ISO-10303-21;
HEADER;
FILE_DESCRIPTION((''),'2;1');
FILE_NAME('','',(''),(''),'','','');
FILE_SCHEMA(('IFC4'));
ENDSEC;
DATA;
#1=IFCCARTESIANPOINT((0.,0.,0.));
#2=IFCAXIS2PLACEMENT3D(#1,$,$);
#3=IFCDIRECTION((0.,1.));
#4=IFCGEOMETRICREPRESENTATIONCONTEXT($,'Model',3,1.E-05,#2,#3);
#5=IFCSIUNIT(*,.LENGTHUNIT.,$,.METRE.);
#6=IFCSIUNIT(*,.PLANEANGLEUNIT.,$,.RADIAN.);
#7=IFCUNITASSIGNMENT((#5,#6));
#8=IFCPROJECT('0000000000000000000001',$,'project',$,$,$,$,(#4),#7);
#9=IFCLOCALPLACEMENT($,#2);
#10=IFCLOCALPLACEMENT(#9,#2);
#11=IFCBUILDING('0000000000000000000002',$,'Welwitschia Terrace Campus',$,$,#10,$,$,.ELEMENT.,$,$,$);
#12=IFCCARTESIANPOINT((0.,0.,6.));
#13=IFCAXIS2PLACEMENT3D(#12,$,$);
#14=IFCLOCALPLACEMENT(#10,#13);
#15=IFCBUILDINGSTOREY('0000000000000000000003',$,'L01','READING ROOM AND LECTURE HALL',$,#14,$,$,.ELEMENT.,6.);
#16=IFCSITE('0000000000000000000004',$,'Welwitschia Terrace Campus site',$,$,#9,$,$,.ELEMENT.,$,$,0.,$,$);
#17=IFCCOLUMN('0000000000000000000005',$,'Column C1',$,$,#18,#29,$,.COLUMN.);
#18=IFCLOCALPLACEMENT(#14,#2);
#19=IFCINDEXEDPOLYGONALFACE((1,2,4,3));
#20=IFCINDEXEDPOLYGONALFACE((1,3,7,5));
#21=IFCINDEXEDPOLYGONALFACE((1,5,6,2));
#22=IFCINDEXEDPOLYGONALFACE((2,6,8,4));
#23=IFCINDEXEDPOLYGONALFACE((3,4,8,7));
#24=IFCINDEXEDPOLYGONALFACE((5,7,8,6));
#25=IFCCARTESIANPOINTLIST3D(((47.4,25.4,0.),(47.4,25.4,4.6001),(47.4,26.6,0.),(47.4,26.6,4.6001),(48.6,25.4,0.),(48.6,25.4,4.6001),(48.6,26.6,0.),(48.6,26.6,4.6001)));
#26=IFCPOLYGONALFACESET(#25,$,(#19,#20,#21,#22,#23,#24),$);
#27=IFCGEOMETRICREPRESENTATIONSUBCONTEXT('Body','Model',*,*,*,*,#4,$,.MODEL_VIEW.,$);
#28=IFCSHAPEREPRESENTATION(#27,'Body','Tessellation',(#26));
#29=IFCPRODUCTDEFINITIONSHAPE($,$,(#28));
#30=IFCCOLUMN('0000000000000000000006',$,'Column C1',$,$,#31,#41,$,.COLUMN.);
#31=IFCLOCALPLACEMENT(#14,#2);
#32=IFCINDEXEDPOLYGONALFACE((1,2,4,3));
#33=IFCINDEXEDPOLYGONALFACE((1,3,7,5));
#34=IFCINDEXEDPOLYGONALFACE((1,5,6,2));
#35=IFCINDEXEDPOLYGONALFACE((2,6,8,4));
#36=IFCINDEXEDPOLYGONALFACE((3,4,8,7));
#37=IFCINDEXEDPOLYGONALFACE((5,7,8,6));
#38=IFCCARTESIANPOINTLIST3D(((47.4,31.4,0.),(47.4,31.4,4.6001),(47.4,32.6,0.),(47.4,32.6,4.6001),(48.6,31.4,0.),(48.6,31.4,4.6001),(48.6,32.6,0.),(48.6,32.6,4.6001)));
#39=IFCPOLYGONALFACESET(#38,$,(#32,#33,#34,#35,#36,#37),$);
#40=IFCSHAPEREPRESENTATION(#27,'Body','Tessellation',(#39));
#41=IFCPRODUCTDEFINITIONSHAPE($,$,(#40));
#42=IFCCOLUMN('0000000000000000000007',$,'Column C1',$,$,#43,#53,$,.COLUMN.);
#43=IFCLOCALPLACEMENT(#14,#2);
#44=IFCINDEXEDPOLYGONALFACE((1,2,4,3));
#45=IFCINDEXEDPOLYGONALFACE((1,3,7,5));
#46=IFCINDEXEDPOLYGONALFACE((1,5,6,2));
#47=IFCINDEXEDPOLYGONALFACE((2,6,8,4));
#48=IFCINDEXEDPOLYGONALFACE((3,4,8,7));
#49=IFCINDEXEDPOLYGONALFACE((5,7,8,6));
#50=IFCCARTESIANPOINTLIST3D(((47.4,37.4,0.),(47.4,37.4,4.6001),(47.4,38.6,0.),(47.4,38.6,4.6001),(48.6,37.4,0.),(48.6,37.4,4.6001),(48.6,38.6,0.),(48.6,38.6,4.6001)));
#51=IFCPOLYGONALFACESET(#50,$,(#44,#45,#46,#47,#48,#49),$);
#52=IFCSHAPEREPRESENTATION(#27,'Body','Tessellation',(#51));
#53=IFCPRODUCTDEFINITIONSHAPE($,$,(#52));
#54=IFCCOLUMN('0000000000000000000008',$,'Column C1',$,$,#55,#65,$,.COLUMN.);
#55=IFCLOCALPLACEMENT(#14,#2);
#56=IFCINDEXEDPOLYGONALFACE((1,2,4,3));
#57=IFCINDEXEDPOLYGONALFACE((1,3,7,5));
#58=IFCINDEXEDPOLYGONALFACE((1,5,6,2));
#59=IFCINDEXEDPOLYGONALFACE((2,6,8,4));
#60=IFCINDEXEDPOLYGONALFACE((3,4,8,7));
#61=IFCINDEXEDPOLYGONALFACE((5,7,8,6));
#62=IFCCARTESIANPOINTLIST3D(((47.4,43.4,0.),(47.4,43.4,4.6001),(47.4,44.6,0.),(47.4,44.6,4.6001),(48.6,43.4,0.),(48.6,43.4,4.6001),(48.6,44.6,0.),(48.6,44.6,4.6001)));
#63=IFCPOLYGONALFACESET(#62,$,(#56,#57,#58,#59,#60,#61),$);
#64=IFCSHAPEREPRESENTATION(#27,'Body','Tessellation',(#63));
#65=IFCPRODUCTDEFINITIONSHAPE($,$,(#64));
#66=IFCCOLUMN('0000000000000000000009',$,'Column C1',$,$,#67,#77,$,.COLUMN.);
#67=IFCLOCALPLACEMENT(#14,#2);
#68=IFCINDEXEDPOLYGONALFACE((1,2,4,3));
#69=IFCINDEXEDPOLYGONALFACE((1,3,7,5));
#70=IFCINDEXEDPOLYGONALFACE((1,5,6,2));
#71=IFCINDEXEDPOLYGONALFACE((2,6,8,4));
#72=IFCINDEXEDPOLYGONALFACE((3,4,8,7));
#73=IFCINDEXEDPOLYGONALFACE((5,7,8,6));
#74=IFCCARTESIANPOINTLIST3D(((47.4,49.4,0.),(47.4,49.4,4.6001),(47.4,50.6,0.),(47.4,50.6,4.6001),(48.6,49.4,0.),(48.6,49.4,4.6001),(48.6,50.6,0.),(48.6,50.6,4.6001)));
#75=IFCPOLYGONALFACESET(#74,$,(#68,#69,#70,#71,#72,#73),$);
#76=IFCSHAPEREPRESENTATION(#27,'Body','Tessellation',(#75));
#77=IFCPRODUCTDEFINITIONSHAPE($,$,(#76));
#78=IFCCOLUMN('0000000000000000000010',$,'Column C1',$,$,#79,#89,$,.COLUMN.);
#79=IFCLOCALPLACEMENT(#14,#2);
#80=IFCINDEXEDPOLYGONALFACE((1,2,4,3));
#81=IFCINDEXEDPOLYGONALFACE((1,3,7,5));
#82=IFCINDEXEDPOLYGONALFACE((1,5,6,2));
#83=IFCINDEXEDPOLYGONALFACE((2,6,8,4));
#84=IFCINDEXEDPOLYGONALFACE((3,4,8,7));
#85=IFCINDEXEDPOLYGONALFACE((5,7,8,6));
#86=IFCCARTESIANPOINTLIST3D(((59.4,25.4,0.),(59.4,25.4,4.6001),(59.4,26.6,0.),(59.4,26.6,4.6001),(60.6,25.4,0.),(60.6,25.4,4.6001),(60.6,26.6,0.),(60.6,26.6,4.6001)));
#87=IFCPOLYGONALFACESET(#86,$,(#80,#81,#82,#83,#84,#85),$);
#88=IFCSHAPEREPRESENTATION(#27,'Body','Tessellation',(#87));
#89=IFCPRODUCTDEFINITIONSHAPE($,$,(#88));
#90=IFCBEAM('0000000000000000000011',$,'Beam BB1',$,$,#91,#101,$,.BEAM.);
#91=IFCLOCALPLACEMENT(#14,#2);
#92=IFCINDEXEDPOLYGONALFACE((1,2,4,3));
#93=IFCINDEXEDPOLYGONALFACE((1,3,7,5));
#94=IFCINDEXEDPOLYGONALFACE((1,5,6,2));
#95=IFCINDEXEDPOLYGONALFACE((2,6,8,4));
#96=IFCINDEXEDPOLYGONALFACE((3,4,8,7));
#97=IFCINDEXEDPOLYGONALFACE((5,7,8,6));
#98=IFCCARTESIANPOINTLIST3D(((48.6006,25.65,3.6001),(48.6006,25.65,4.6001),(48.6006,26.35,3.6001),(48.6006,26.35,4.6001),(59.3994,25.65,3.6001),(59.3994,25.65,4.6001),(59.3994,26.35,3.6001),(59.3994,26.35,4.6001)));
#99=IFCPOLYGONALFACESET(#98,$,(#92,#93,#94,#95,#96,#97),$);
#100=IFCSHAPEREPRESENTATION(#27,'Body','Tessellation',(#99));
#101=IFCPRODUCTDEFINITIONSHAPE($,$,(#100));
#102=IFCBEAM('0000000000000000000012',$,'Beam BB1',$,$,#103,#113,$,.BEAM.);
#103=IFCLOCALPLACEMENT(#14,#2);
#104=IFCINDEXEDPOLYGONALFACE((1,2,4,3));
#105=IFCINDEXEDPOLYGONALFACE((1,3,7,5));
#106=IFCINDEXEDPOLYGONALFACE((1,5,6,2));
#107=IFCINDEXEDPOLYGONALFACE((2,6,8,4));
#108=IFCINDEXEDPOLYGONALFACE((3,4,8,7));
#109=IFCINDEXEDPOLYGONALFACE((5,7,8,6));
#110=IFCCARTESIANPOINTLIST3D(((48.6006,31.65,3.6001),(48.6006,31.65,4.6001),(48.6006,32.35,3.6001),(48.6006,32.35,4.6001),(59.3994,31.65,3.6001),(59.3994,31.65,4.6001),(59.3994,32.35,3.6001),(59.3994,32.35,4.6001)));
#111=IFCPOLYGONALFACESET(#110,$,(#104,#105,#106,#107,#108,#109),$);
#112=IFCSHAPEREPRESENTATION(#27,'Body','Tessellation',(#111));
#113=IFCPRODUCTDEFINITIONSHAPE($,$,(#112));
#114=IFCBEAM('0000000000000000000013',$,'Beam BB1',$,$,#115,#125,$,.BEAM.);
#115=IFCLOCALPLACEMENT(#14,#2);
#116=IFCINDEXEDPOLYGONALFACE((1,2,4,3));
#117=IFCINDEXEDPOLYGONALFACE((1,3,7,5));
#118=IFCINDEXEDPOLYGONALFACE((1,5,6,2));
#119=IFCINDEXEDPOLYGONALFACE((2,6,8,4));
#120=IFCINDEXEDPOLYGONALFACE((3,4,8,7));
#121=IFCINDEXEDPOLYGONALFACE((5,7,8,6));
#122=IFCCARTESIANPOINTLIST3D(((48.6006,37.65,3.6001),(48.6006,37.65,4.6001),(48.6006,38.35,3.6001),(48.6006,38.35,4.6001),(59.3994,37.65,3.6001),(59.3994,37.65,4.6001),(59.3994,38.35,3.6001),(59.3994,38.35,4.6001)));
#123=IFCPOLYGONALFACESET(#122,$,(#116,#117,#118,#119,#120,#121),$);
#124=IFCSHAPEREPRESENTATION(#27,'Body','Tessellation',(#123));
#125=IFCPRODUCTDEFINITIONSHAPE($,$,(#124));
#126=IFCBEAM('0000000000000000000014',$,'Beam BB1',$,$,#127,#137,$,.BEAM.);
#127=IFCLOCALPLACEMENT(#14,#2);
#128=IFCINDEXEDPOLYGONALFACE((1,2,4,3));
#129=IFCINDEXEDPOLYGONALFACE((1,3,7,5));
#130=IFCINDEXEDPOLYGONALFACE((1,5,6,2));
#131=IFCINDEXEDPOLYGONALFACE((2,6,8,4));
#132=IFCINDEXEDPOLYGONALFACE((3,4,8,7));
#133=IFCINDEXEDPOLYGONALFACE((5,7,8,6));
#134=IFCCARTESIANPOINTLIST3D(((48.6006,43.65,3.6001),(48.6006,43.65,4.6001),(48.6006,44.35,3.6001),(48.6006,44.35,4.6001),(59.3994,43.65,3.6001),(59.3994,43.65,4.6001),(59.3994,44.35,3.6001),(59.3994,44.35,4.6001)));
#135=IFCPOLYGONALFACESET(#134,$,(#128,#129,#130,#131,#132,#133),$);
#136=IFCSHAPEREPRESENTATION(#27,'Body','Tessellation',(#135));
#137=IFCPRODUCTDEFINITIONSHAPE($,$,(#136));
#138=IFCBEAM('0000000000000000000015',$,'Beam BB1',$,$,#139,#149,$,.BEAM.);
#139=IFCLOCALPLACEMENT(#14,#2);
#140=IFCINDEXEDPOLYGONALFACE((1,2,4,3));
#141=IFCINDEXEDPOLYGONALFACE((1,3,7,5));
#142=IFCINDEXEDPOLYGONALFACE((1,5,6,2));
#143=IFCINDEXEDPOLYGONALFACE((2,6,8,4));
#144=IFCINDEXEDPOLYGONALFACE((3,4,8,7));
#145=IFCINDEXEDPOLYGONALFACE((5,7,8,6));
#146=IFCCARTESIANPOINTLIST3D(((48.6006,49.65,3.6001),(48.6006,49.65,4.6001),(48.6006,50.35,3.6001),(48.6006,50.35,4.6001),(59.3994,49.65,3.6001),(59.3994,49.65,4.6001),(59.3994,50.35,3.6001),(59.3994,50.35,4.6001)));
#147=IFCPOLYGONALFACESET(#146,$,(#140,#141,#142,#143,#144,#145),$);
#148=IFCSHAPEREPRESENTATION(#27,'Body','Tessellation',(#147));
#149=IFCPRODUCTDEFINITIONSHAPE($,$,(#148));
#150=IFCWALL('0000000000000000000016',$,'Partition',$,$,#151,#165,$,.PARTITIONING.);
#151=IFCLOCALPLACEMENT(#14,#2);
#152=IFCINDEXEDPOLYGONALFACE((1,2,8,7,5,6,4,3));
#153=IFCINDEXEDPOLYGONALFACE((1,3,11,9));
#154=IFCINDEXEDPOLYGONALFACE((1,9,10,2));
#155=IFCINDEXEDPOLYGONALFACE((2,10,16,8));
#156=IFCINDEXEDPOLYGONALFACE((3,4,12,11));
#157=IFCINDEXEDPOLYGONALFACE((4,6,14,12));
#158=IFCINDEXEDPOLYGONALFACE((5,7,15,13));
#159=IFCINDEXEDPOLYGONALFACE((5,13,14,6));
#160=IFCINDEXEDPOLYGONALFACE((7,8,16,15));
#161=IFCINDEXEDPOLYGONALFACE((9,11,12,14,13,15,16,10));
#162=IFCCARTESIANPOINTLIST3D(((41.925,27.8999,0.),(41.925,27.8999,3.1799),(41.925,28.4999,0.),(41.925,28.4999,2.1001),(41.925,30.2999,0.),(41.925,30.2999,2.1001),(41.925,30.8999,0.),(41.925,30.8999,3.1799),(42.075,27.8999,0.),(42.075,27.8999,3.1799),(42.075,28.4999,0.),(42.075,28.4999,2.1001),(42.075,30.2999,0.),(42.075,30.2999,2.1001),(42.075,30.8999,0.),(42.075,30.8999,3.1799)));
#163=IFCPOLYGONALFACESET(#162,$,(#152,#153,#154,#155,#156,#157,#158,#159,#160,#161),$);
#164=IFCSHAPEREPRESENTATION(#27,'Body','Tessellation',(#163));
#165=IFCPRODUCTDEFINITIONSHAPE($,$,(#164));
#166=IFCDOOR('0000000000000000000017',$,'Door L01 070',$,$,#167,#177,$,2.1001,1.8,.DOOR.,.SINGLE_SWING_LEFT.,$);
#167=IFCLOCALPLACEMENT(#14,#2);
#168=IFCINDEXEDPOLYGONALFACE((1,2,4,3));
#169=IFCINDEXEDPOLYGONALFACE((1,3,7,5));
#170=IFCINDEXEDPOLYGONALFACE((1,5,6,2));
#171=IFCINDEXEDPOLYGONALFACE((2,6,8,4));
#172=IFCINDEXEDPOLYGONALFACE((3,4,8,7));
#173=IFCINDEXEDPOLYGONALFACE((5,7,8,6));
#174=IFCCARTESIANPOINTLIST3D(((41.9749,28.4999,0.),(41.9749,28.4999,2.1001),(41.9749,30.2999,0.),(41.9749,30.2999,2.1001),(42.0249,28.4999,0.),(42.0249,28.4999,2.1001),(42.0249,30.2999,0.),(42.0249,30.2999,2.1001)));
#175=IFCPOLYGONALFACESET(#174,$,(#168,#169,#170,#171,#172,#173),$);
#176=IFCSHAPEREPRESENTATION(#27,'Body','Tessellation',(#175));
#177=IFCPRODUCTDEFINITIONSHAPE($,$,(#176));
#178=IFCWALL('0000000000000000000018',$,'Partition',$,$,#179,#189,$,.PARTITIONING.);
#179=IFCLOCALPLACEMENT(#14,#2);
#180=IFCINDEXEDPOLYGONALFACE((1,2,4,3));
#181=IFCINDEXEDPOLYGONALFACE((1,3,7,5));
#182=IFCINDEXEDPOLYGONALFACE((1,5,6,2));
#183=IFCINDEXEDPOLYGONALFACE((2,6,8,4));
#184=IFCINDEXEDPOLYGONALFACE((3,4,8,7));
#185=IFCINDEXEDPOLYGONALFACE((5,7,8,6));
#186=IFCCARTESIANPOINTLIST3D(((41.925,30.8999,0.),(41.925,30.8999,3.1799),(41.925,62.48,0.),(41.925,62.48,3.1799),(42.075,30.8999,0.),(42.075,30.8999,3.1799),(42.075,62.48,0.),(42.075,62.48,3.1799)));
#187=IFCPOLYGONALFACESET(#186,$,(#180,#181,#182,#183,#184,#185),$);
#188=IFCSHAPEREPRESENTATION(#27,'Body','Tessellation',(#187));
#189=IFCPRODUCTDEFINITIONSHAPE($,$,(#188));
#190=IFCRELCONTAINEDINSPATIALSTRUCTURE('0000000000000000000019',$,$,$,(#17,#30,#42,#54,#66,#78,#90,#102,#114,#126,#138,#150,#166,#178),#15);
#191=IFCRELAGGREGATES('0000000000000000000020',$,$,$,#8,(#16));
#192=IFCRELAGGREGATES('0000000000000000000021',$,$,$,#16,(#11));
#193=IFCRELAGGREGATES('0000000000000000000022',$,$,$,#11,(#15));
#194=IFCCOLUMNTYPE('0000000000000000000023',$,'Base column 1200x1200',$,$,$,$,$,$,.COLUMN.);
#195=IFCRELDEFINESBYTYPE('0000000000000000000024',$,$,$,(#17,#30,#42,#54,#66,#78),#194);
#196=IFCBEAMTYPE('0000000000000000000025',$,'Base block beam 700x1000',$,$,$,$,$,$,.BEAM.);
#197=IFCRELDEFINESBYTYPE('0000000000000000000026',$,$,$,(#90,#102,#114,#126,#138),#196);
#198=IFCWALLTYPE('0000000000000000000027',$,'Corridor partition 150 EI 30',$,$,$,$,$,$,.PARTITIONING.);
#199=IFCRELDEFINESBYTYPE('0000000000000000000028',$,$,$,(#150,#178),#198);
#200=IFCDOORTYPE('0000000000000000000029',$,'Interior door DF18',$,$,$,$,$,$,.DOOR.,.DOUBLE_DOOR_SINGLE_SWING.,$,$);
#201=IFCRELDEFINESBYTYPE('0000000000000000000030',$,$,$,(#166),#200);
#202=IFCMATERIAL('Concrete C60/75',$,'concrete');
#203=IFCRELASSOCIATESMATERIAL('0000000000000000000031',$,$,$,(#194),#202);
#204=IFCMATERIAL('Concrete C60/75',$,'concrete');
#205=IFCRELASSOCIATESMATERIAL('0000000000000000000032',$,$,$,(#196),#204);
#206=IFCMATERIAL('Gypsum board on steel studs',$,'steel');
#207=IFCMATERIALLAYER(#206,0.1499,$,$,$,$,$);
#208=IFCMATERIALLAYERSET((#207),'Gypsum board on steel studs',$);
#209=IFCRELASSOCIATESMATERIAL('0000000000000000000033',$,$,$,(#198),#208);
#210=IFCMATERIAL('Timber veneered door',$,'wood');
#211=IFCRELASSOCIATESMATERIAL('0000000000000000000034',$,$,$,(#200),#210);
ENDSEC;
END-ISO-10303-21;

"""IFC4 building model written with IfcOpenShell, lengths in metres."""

from ifc_helpers import new_model, si_unit, direction, frame, frame_2d, origin, origin_2d, place, context, subcontext, project, spatial, rectangle, extrude, material, layer, layer_set, material_profile, profile_set, type_object, element, fill, save


model = new_model("IFC4")

# Units and contexts
model_context = context("Model", 3, precision=1e-05, world=origin(), true_north=direction((0.0, 1.0)))
body_context = subcontext(model_context, "Body", "Model", "MODEL_VIEW")
ifc_project = project(units=[si_unit("LENGTHUNIT", "METRE"), si_unit("PLANEANGLEUNIT", "RADIAN")], contexts=[model_context])

# Site, building, storey
site_placement = place(None, origin())
site = spatial("IfcSite", under=ifc_project, at=site_placement, Name="Welwitschia Terrace Campus site", CompositionType="ELEMENT", RefElevation=0.0)
building_placement = place(site_placement, origin())
building = spatial("IfcBuilding", under=site, at=building_placement, Name="Welwitschia Terrace Campus", CompositionType="ELEMENT")
storey_placement = place(building_placement, frame((0.0, 0.0, 6.0)))
storey = spatial("IfcBuildingStorey", under=building, at=storey_placement, Name="L01", Description="READING ROOM AND LECTURE HALL", CompositionType="ELEMENT", Elevation=6.0)

# Columns
ifc_material_1 = material(Name="Concrete C60/75", Category="concrete")
ifc_material_profile_1 = material_profile(ifc_material_1, rectangle(XDim=1.2, YDim=1.2, at=origin_2d()))
ifc_profile_set_1 = profile_set([ifc_material_profile_1], Name="Concrete C60/75")
column_type = type_object("IfcColumnType", Name="Base column 1200x1200", PredefinedType="COLUMN", material=ifc_profile_set_1)
for number, where, z_axis, x_axis, name in (
    (1, (48.0, 26.0, 0.0), (0.0, 0.0, 1.0), (1.0, 0.0, 0.0), "Column C1"),
    (2, (48.0, 32.0, 0.0), (0.0, 0.0, 1.0), (1.0, 0.0, 0.0), "Column C1"),
    (3, (48.0, 38.0, 0.0), (0.0, 0.0, 1.0), (1.0, 0.0, 0.0), "Column C1"),
    (4, (48.0, 44.0, 0.0), (0.0, 0.0, 1.0), (1.0, 0.0, 0.0), "Column C1"),
    (5, (48.0, 50.0, 0.0), (0.0, 0.0, 1.0), (1.0, 0.0, 0.0), "Column C1"),
    (6, (60.0, 26.0, 0.0), (0.0, 0.0, 1.0), (1.0, 0.0, 0.0), "Column C1"),
):
    element("IfcColumn", number, at=place(storey_placement, frame(where, z_axis=z_axis, x_axis=x_axis)), inside=storey, type_object=column_type, Name=name, PredefinedType="COLUMN", context=body_context, shape_type="SweptSolid", body=[
        extrude(rectangle(XDim=1.2, YDim=1.2, at=origin_2d()), origin(), (0.0, 0.0, 1.0), 4.6001),
    ])

# Beams
ifc_material_2 = material(Name="Concrete C60/75", Category="concrete")
ifc_material_profile_2 = material_profile(ifc_material_2, rectangle(XDim=0.7, YDim=1.0, at=origin_2d()))
ifc_profile_set_2 = profile_set([ifc_material_profile_2], Name="Concrete C60/75")
beam_type = type_object("IfcBeamType", Name="Base block beam 700x1000", PredefinedType="BEAM", material=ifc_profile_set_2)
for number, where, z_axis, x_axis, name in (
    (7, (48.6006, 26.0, 4.1001), (1.0, 0.0, 0.0), (0.0, 1.0, 0.0), "Beam BB1"),
    (8, (48.6006, 32.0, 4.1001), (1.0, 0.0, 0.0), (0.0, 1.0, 0.0), "Beam BB1"),
    (9, (48.6006, 38.0, 4.1001), (1.0, 0.0, 0.0), (0.0, 1.0, 0.0), "Beam BB1"),
    (10, (48.6006, 44.0, 4.1001), (1.0, 0.0, 0.0), (0.0, 1.0, 0.0), "Beam BB1"),
    (11, (48.6006, 50.0, 4.1001), (1.0, 0.0, 0.0), (0.0, 1.0, 0.0), "Beam BB1"),
):
    element("IfcBeam", number, at=place(storey_placement, frame(where, z_axis=z_axis, x_axis=x_axis)), inside=storey, type_object=beam_type, Name=name, PredefinedType="BEAM", context=body_context, shape_type="SweptSolid", body=[
        extrude(rectangle(XDim=0.7, YDim=1.0, at=origin_2d()), origin(), (0.0, 0.0, 1.0), 10.7988),
    ])

# Wall, opening, door
ifc_material_3 = material(Name="Gypsum board on steel studs", Category="steel")
ifc_layer = layer(ifc_material_3, 0.1499)
ifc_layer_set = layer_set([ifc_layer], Name="Gypsum board on steel studs")
wall_type = type_object("IfcWallType", Name="Corridor partition 150 EI 30", PredefinedType="PARTITIONING", material=ifc_layer_set)
wall_1_placement = place(storey_placement, frame((42.0, 30.8999, 0.0), z_axis=(0.0, 0.0, 1.0), x_axis=(0.0, -1.0, 0.0)))
wall_1 = element("IfcWall", 12, at=wall_1_placement, inside=storey, type_object=wall_type, Name="Partition", PredefinedType="PARTITIONING", context=body_context, shape_type="SweptSolid", body=[
    extrude(rectangle(XDim=3.0, YDim=0.1499, at=frame_2d((1.5, 0.0))), origin(), (0.0, 0.0, 1.0), 3.1799),
])
opening_1_placement = place(wall_1_placement, frame((0.6001, 0.0, 0.0)))
opening_1 = element("IfcOpeningElement", 13, at=opening_1_placement, cuts=wall_1, PredefinedType="OPENING", context=body_context, shape_type="SweptSolid", body=[
    extrude(rectangle(XDim=1.8, YDim=2.1001, at=frame_2d((0.8999, 1.05))), frame((0.0, 0.085, 0.0), z_axis=(0.0, -1.0, 0.0), x_axis=(1.0, 0.0, 0.0)), (0.0, 0.0, 1.0), 0.1699),
])
ifc_material_4 = material(Name="Timber veneered door", Category="wood")
door_type_1 = type_object("IfcDoorType", Name="Interior door DF18", OperationType="DOUBLE_DOOR_SINGLE_SWING", PredefinedType="DOOR", material=ifc_material_4)
door_1_placement = place(opening_1_placement, origin())
door_1 = element("IfcDoor", 14, at=door_1_placement, inside=storey, type_object=door_type_1, Name="Door L01 070", OperationType="SINGLE_SWING_LEFT", OverallHeight=2.1001, OverallWidth=1.8, PredefinedType="DOOR", context=body_context, shape_type="SweptSolid", body=[
    extrude(rectangle(XDim=1.8, YDim=2.1001, at=frame_2d((0.8999, 1.05))), frame((0.0, 0.0249, 0.0), z_axis=(0.0, -1.0, 0.0), x_axis=(1.0, 0.0, 0.0)), (0.0, 0.0, 1.0), 0.05),
])
fill(opening_1, door_1)

# Wall
wall_2_placement = place(storey_placement, frame((42.0, 30.8999, 0.0), z_axis=(0.0, 0.0, 1.0), x_axis=(0.0, 1.0, 0.0)))
element("IfcWall", 15, at=wall_2_placement, inside=storey, type_object=wall_type, Name="Partition", PredefinedType="PARTITIONING", context=body_context, shape_type="SweptSolid", body=[
    extrude(rectangle(XDim=31.5801, YDim=0.1499, at=frame_2d((15.79, 0.0))), origin(), (0.0, 0.0, 1.0), 3.1799),
])

save(model, "model.ifc")
